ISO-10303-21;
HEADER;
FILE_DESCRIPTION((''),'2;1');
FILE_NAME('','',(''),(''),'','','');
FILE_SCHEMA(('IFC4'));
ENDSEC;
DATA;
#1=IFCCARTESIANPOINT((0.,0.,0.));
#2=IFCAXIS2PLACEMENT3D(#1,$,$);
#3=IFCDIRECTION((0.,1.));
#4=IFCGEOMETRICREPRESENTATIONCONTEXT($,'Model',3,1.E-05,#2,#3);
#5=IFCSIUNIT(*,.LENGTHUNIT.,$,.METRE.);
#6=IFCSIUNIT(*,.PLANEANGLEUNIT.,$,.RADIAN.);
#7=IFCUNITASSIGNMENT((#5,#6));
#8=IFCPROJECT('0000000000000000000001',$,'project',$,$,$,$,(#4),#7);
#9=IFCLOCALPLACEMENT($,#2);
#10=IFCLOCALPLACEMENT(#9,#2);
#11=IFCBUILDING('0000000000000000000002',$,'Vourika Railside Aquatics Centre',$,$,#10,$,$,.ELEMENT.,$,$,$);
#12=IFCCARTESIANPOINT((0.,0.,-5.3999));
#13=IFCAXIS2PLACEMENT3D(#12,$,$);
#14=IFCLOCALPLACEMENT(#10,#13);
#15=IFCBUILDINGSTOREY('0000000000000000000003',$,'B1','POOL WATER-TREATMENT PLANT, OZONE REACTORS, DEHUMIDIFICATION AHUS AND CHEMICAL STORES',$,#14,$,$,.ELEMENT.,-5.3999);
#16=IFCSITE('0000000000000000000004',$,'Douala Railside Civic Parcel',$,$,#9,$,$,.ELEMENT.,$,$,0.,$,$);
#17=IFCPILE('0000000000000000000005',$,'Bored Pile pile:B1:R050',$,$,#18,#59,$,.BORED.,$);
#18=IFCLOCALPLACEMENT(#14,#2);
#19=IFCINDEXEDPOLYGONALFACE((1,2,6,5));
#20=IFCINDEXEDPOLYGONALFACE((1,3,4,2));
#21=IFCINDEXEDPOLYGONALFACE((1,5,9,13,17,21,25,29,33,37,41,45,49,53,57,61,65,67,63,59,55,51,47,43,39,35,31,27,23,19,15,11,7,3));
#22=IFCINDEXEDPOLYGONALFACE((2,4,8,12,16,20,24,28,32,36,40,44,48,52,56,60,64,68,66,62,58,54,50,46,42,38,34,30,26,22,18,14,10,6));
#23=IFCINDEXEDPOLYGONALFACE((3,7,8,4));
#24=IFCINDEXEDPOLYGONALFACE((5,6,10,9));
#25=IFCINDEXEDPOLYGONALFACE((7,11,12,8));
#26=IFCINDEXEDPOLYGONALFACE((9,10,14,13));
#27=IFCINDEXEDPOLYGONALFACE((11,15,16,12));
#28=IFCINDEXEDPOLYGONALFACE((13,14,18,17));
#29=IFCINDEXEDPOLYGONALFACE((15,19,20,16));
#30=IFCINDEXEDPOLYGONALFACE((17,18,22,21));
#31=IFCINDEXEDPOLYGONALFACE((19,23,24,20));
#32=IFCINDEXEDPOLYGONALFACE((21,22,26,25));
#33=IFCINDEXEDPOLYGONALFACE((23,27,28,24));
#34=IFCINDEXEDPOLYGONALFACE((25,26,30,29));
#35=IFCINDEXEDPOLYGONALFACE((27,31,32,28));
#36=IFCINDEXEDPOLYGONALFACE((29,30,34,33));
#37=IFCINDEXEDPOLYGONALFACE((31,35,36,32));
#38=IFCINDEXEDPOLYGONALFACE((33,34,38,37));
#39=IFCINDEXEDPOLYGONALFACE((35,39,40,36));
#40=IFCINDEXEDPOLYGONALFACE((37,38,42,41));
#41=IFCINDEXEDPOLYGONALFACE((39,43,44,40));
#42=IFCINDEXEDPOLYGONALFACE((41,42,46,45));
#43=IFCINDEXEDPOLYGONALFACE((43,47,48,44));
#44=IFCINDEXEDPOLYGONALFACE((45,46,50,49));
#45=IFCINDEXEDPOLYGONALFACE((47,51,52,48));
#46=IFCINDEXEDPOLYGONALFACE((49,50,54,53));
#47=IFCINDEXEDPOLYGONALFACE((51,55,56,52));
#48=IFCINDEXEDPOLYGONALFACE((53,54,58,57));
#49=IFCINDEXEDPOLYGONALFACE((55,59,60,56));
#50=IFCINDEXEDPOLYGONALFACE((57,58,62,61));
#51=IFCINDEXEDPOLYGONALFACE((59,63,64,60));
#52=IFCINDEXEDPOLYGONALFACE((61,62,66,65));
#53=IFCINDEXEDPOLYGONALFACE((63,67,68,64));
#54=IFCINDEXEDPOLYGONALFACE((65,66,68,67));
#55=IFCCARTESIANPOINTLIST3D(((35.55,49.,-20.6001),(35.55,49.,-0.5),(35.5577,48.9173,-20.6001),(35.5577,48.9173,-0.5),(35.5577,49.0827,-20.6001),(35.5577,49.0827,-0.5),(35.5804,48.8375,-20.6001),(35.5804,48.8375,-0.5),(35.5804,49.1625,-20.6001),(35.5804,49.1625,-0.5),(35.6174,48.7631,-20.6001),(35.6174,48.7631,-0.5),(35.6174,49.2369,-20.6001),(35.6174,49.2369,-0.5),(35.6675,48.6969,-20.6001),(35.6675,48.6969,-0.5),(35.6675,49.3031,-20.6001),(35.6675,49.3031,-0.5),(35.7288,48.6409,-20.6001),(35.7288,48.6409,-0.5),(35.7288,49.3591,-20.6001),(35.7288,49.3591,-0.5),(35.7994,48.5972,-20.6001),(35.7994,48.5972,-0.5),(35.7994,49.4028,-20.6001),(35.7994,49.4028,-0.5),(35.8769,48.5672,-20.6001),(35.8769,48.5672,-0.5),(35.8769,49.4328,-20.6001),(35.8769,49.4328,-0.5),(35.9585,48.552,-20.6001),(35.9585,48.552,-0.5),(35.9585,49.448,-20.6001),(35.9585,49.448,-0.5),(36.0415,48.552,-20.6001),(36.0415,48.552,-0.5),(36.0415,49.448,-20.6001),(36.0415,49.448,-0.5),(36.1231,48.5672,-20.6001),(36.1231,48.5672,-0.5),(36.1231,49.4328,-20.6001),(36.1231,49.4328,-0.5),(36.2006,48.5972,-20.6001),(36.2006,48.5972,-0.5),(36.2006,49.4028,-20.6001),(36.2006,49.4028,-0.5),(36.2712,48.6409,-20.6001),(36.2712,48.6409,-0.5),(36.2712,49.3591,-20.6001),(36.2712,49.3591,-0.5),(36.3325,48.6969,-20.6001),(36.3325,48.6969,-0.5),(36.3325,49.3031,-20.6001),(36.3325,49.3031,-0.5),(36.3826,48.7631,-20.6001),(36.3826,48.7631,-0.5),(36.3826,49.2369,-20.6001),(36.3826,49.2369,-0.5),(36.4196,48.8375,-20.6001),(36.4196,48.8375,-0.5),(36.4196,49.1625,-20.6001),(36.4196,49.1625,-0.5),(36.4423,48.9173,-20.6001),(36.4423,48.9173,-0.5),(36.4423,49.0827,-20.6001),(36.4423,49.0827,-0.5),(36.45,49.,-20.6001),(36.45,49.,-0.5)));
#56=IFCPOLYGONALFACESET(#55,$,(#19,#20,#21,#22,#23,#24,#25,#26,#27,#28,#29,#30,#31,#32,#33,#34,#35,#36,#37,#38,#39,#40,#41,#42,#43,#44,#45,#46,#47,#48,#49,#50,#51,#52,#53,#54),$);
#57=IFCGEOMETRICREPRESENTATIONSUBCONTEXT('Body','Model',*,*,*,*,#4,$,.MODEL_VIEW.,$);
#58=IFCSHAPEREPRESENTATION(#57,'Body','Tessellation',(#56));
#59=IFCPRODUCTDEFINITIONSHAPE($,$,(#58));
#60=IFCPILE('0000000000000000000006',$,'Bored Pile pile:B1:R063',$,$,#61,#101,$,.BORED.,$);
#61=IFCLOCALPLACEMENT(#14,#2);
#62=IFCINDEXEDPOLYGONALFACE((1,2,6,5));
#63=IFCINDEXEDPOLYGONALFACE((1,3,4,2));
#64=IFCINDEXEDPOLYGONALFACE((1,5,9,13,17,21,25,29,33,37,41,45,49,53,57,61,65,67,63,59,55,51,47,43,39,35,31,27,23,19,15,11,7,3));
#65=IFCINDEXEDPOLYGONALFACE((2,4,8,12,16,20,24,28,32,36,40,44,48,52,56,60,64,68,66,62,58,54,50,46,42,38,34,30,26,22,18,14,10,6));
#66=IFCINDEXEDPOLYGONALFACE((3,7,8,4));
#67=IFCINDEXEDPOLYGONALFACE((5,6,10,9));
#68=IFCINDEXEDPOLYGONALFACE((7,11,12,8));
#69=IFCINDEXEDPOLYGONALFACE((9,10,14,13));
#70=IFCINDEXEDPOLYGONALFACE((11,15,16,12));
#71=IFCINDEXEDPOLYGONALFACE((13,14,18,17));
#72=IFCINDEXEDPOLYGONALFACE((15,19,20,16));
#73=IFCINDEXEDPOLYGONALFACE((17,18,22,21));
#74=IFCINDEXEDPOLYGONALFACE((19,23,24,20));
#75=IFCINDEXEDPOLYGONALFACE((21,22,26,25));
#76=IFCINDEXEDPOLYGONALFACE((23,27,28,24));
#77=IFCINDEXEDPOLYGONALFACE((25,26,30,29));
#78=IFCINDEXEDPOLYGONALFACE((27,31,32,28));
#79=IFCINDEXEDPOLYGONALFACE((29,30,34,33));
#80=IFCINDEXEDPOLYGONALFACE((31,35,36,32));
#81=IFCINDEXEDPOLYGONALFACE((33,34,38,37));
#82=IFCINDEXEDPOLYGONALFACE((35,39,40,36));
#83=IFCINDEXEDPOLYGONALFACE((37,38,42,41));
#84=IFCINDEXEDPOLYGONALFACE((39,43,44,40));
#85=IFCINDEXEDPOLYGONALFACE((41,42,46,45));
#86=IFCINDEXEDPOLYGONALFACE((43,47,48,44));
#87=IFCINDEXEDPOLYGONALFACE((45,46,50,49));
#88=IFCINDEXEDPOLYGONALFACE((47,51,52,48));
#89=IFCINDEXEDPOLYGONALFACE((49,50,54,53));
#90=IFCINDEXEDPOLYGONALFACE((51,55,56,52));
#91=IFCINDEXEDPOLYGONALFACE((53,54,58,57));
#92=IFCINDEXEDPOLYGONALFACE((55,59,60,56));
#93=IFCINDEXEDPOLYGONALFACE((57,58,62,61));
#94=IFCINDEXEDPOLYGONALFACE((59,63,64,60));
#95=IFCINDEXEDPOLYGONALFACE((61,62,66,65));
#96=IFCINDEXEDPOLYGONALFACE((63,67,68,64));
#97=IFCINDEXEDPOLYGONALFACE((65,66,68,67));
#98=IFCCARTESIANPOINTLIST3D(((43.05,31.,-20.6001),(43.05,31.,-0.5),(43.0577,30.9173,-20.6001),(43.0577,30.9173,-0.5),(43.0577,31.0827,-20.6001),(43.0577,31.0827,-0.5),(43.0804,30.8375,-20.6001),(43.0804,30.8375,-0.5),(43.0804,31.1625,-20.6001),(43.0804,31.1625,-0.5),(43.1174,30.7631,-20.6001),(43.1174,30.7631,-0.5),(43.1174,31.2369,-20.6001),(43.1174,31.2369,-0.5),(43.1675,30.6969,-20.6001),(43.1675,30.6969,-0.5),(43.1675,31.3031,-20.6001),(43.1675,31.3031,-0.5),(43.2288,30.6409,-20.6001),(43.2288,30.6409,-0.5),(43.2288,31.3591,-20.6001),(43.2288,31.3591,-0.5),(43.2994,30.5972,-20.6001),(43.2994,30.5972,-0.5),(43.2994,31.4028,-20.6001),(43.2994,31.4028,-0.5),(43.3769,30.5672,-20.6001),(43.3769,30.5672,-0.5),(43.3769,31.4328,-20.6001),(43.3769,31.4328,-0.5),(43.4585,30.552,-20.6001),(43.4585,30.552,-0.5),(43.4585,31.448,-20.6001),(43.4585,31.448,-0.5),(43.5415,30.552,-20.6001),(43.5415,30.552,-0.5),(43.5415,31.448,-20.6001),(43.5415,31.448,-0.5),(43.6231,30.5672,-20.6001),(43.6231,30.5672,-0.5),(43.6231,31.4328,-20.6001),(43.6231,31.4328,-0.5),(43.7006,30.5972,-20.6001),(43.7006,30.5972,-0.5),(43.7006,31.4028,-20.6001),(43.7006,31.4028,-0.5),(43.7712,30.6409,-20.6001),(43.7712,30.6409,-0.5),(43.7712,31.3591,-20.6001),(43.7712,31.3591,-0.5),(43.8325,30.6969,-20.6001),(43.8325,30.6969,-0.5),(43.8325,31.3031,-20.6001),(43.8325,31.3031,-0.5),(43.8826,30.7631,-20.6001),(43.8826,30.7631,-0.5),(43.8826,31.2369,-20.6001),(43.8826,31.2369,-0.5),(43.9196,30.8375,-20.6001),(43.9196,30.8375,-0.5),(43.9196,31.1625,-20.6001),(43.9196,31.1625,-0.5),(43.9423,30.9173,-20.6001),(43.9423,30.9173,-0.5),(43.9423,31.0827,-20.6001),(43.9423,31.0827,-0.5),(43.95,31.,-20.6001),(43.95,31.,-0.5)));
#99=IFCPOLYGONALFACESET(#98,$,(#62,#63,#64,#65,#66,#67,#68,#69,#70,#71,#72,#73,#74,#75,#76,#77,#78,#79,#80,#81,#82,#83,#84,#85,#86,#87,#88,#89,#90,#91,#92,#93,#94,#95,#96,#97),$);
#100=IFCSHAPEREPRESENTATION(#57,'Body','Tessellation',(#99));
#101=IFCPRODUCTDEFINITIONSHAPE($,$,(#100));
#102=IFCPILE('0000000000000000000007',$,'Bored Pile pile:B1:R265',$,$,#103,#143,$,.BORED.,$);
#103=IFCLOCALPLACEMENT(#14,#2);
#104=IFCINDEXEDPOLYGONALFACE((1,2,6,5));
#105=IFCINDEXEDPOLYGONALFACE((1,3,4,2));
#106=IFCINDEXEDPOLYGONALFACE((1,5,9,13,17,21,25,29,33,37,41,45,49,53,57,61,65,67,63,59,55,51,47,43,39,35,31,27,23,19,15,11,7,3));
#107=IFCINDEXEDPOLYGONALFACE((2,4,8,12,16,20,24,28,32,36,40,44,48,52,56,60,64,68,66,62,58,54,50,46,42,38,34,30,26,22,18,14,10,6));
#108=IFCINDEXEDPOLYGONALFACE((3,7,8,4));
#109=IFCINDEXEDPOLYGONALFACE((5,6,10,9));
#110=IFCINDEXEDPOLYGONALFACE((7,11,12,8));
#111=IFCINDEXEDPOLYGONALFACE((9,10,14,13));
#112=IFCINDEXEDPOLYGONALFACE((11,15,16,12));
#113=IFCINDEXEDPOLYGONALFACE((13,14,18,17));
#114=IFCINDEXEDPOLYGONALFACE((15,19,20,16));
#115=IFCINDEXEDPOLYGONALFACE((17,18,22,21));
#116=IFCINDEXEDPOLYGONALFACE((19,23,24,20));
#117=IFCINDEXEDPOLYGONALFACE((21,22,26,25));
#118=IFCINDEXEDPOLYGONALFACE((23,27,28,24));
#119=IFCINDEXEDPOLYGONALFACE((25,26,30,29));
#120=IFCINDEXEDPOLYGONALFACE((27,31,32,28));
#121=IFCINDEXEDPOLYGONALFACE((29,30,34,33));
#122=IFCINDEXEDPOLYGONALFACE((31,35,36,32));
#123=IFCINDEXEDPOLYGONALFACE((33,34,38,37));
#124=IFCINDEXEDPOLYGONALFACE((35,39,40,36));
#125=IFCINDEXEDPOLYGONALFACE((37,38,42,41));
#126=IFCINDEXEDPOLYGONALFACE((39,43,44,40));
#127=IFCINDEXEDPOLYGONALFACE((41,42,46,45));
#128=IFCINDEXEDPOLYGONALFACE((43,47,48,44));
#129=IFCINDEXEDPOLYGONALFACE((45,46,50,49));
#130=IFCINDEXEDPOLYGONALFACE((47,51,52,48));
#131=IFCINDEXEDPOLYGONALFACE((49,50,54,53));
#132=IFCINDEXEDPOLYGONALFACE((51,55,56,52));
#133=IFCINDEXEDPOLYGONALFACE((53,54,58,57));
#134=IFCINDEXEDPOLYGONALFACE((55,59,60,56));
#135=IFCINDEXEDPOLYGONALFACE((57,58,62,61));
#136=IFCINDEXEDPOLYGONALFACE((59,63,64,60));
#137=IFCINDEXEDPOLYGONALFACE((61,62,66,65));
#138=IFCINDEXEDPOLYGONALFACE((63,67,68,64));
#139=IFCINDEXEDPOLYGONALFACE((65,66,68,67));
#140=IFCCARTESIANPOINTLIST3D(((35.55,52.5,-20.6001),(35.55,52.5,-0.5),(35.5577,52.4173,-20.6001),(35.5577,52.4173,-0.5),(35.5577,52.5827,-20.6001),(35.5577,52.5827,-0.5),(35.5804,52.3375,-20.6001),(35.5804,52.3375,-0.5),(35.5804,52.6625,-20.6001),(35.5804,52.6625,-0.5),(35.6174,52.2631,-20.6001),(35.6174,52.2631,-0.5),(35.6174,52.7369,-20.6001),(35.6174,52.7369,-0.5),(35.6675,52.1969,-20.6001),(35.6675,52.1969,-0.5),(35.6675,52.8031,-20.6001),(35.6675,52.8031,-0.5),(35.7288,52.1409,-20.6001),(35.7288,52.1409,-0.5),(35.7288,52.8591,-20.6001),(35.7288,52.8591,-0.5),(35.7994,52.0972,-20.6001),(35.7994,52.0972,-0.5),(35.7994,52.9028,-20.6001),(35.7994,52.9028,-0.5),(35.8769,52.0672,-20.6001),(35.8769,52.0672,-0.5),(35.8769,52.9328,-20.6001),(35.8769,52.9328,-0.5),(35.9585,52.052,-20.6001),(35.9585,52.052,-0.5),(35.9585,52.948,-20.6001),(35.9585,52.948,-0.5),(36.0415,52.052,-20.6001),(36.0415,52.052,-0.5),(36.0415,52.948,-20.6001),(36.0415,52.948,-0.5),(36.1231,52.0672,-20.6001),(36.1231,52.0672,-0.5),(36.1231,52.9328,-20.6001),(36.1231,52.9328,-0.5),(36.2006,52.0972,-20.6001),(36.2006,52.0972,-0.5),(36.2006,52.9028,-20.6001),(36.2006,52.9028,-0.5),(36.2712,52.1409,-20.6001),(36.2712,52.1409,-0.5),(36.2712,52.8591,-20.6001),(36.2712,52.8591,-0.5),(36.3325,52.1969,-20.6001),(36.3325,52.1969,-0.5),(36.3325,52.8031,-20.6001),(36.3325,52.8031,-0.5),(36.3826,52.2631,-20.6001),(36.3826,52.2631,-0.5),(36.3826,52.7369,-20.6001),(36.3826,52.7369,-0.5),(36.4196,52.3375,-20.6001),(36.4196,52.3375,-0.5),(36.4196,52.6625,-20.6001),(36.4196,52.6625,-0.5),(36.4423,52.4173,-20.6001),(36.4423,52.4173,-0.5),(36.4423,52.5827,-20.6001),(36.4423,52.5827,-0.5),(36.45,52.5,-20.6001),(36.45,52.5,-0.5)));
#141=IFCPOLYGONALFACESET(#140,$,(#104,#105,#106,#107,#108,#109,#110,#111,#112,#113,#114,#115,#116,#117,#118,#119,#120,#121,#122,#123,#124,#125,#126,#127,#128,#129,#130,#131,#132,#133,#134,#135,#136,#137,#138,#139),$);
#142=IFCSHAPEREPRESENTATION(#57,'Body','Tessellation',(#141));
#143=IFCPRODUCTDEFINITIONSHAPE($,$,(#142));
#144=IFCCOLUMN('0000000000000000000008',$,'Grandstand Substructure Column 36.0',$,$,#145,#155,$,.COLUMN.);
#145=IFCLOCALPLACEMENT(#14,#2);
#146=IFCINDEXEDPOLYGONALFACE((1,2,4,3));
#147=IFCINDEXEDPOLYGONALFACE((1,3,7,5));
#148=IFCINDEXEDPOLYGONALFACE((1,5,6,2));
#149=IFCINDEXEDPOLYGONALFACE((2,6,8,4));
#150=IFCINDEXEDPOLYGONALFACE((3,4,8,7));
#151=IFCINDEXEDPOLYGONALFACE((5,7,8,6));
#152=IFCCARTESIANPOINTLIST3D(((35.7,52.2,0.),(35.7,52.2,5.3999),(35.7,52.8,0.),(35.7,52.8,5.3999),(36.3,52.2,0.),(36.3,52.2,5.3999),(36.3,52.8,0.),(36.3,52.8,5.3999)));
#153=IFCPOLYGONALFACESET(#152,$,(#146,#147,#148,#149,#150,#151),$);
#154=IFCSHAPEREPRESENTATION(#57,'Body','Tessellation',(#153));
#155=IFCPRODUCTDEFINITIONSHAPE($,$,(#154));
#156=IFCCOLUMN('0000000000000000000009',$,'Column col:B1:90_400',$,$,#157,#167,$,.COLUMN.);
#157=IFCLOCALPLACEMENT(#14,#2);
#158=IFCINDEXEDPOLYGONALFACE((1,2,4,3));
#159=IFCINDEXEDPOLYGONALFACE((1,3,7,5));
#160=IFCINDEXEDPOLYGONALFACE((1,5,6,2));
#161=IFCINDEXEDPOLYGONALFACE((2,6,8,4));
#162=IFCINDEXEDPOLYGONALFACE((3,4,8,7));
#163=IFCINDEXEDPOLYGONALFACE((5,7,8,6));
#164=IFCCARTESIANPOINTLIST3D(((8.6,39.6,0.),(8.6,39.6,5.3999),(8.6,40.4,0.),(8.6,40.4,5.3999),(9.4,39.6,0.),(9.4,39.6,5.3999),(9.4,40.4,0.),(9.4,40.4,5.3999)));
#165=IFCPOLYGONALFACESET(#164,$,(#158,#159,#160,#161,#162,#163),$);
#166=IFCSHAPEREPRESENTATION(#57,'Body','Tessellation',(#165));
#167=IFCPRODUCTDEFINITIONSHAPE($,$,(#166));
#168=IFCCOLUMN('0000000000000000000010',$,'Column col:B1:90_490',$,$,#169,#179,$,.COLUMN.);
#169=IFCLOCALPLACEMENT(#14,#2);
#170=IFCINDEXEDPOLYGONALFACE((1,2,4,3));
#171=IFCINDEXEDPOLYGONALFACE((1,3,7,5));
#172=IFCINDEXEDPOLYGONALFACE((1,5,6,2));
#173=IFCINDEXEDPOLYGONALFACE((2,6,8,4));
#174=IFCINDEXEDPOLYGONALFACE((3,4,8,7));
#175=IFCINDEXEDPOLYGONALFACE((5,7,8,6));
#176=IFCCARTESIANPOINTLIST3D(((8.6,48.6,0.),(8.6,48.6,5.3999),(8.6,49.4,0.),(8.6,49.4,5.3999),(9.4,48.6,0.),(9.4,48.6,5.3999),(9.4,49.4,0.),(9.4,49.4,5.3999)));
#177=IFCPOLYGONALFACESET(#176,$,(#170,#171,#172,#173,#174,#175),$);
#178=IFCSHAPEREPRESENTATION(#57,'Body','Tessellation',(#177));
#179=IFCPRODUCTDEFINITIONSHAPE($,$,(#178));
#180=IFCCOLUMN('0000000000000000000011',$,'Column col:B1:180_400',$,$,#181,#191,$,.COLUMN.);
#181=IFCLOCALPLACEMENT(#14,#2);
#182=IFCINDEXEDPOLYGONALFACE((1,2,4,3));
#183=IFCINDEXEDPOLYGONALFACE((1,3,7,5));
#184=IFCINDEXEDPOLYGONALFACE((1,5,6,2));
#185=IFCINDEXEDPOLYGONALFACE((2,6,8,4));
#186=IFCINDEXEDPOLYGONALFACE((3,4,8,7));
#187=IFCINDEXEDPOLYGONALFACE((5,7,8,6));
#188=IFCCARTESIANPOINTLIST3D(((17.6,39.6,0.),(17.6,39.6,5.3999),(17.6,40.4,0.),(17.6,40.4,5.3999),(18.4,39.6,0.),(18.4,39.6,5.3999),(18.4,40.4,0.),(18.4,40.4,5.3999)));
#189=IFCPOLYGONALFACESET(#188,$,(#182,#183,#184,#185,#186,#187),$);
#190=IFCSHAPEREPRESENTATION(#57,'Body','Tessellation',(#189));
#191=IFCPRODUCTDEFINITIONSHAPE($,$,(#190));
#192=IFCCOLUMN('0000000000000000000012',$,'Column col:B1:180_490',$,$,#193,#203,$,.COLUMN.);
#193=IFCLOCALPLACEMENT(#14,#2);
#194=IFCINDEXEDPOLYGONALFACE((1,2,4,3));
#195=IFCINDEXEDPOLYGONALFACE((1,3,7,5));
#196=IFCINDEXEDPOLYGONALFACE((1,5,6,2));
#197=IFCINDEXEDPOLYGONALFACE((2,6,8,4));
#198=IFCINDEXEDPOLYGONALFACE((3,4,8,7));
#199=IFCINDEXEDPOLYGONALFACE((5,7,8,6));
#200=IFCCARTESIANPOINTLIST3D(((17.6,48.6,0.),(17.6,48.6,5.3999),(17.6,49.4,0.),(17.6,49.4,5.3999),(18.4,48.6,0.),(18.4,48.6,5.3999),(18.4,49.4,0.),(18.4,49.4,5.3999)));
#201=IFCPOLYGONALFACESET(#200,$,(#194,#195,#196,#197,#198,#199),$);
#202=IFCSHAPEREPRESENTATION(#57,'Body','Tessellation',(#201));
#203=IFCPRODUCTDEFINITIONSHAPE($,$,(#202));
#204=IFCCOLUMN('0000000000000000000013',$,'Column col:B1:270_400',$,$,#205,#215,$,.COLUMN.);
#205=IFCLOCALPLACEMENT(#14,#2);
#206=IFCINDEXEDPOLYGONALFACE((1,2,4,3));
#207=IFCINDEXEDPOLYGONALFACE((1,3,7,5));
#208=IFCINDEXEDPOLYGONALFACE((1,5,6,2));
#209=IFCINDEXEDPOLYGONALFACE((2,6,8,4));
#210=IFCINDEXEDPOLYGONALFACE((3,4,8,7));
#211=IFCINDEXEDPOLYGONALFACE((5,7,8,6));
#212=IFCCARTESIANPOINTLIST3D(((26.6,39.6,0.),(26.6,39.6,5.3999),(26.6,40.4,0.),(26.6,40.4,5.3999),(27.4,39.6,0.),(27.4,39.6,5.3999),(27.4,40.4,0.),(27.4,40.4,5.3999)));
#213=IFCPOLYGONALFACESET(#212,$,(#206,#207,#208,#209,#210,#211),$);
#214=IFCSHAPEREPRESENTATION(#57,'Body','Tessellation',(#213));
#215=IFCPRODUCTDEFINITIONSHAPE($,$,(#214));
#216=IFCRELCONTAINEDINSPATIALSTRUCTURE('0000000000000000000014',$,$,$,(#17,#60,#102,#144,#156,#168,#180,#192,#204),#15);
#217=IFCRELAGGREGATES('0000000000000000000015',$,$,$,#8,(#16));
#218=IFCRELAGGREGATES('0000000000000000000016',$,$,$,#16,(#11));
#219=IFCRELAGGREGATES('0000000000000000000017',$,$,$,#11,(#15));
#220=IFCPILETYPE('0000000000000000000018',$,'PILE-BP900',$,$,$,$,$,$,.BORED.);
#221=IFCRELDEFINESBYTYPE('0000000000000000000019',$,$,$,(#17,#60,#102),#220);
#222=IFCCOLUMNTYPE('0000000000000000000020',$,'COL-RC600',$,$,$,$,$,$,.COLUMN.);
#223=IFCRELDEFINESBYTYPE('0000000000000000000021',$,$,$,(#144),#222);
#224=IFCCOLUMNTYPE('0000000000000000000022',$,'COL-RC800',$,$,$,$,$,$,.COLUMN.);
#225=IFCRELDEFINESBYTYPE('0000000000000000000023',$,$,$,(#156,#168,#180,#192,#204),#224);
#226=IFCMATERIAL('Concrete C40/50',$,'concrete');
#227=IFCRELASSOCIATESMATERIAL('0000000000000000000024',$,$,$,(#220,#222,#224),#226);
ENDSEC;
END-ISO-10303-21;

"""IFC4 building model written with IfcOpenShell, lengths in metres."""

from ifc_helpers import new_model, si_unit, direction, frame, origin, origin_2d, place, context, subcontext, project, spatial, rectangle, circle, extrude, material, material_profile, profile_set, type_object, element, save


model = new_model("IFC4")

# Units and contexts
model_context = context("Model", 3, precision=1e-05, world=origin(), true_north=direction((0.0, 1.0)))
body_context = subcontext(model_context, "Body", "Model", "MODEL_VIEW")
ifc_project = project(units=[si_unit("LENGTHUNIT", "METRE"), si_unit("PLANEANGLEUNIT", "RADIAN")], contexts=[model_context])

# Site, building, storey
site_placement = place(None, origin())
site = spatial("IfcSite", under=ifc_project, at=site_placement, Name="Douala Railside Civic Parcel", CompositionType="ELEMENT", RefElevation=0.0)
building_placement = place(site_placement, origin())
building = spatial("IfcBuilding", under=site, at=building_placement, Name="Vourika Railside Aquatics Centre", CompositionType="ELEMENT")
storey_placement = place(building_placement, frame((0.0, 0.0, -5.3999)))
storey = spatial("IfcBuildingStorey", under=building, at=storey_placement, Name="B1", Description="POOL WATER-TREATMENT PLANT, OZONE REACTORS, DEHUMIDIFICATION AHUS AND CHEMICAL STORES", CompositionType="ELEMENT", Elevation=-5.3999)

# Piles
ifc_material_1 = material(Name="Concrete C40/50", Category="concrete")
ifc_material_profile_1 = material_profile(ifc_material_1, circle(Radius=0.45, at=origin_2d()), Name="BP 900")
ifc_profile_set_1 = profile_set([ifc_material_profile_1], Name="Concrete C40/50")
pile_type = type_object("IfcPileType", Name="PILE-BP900", PredefinedType="BORED", material=ifc_profile_set_1)
for number, where, z_axis, x_axis, name in (
    (1, (36.0, 49.0, -0.5), (0.0, 0.0, -1.0), (1.0, 0.0, 0.0), "Bored Pile pile:B1:R050"),
    (2, (43.5, 31.0, -0.5), (0.0, 0.0, -1.0), (1.0, 0.0, 0.0), "Bored Pile pile:B1:R063"),
    (3, (36.0, 52.5, -0.5), (0.0, 0.0, -1.0), (1.0, 0.0, 0.0), "Bored Pile pile:B1:R265"),
):
    element("IfcPile", number, at=place(storey_placement, frame(where, z_axis=z_axis, x_axis=x_axis)), inside=storey, type_object=pile_type, Name=name, PredefinedType="BORED", context=body_context, shape_type="SweptSolid", body=[
        extrude(circle(Radius=0.45, at=origin_2d()), origin(), (0.0, 0.0, 1.0), 20.1001),
    ])

# Columns
ifc_material_profile_2 = material_profile(ifc_material_1, rectangle(XDim=0.6001, YDim=0.6001, at=origin_2d()), Name="RC 600x600")
ifc_profile_set_2 = profile_set([ifc_material_profile_2], Name="Concrete C40/50")
column_type_1 = type_object("IfcColumnType", Name="COL-RC600", PredefinedType="COLUMN", material=ifc_profile_set_2)
column_placement = place(storey_placement, frame((36.0, 52.5, 0.0), z_axis=(0.0, 0.0, 1.0), x_axis=(1.0, 0.0, 0.0)))
element("IfcColumn", 4, at=column_placement, inside=storey, type_object=column_type_1, Name="Grandstand Substructure Column 36.0", PredefinedType="COLUMN", context=body_context, shape_type="SweptSolid", body=[
    extrude(rectangle(XDim=0.6001, YDim=0.6001, at=origin_2d()), origin(), (0.0, 0.0, 1.0), 5.3999),
])
ifc_material_profile_3 = material_profile(ifc_material_1, rectangle(XDim=0.8, YDim=0.8, at=origin_2d()), Name="RC 800x800")
ifc_profile_set_3 = profile_set([ifc_material_profile_3], Name="Concrete C40/50")
column_type_2 = type_object("IfcColumnType", Name="COL-RC800", PredefinedType="COLUMN", material=ifc_profile_set_3)
for number, where, z_axis, x_axis, name in (
    (5, (9.0, 40.0, 0.0), (0.0, 0.0, 1.0), (1.0, 0.0, 0.0), "Column col:B1:90_400"),
    (6, (9.0, 49.0, 0.0), (0.0, 0.0, 1.0), (1.0, 0.0, 0.0), "Column col:B1:90_490"),
    (7, (18.0, 40.0, 0.0), (0.0, 0.0, 1.0), (1.0, 0.0, 0.0), "Column col:B1:180_400"),
    (8, (18.0, 49.0, 0.0), (0.0, 0.0, 1.0), (1.0, 0.0, 0.0), "Column col:B1:180_490"),
    (9, (27.0, 40.0, 0.0), (0.0, 0.0, 1.0), (1.0, 0.0, 0.0), "Column col:B1:270_400"),
):
    element("IfcColumn", number, at=place(storey_placement, frame(where, z_axis=z_axis, x_axis=x_axis)), inside=storey, type_object=column_type_2, Name=name, PredefinedType="COLUMN", context=body_context, shape_type="SweptSolid", body=[
        extrude(rectangle(XDim=0.8, YDim=0.8, at=origin_2d()), origin(), (0.0, 0.0, 1.0), 5.3999),
    ])

save(model, "model.ifc")
